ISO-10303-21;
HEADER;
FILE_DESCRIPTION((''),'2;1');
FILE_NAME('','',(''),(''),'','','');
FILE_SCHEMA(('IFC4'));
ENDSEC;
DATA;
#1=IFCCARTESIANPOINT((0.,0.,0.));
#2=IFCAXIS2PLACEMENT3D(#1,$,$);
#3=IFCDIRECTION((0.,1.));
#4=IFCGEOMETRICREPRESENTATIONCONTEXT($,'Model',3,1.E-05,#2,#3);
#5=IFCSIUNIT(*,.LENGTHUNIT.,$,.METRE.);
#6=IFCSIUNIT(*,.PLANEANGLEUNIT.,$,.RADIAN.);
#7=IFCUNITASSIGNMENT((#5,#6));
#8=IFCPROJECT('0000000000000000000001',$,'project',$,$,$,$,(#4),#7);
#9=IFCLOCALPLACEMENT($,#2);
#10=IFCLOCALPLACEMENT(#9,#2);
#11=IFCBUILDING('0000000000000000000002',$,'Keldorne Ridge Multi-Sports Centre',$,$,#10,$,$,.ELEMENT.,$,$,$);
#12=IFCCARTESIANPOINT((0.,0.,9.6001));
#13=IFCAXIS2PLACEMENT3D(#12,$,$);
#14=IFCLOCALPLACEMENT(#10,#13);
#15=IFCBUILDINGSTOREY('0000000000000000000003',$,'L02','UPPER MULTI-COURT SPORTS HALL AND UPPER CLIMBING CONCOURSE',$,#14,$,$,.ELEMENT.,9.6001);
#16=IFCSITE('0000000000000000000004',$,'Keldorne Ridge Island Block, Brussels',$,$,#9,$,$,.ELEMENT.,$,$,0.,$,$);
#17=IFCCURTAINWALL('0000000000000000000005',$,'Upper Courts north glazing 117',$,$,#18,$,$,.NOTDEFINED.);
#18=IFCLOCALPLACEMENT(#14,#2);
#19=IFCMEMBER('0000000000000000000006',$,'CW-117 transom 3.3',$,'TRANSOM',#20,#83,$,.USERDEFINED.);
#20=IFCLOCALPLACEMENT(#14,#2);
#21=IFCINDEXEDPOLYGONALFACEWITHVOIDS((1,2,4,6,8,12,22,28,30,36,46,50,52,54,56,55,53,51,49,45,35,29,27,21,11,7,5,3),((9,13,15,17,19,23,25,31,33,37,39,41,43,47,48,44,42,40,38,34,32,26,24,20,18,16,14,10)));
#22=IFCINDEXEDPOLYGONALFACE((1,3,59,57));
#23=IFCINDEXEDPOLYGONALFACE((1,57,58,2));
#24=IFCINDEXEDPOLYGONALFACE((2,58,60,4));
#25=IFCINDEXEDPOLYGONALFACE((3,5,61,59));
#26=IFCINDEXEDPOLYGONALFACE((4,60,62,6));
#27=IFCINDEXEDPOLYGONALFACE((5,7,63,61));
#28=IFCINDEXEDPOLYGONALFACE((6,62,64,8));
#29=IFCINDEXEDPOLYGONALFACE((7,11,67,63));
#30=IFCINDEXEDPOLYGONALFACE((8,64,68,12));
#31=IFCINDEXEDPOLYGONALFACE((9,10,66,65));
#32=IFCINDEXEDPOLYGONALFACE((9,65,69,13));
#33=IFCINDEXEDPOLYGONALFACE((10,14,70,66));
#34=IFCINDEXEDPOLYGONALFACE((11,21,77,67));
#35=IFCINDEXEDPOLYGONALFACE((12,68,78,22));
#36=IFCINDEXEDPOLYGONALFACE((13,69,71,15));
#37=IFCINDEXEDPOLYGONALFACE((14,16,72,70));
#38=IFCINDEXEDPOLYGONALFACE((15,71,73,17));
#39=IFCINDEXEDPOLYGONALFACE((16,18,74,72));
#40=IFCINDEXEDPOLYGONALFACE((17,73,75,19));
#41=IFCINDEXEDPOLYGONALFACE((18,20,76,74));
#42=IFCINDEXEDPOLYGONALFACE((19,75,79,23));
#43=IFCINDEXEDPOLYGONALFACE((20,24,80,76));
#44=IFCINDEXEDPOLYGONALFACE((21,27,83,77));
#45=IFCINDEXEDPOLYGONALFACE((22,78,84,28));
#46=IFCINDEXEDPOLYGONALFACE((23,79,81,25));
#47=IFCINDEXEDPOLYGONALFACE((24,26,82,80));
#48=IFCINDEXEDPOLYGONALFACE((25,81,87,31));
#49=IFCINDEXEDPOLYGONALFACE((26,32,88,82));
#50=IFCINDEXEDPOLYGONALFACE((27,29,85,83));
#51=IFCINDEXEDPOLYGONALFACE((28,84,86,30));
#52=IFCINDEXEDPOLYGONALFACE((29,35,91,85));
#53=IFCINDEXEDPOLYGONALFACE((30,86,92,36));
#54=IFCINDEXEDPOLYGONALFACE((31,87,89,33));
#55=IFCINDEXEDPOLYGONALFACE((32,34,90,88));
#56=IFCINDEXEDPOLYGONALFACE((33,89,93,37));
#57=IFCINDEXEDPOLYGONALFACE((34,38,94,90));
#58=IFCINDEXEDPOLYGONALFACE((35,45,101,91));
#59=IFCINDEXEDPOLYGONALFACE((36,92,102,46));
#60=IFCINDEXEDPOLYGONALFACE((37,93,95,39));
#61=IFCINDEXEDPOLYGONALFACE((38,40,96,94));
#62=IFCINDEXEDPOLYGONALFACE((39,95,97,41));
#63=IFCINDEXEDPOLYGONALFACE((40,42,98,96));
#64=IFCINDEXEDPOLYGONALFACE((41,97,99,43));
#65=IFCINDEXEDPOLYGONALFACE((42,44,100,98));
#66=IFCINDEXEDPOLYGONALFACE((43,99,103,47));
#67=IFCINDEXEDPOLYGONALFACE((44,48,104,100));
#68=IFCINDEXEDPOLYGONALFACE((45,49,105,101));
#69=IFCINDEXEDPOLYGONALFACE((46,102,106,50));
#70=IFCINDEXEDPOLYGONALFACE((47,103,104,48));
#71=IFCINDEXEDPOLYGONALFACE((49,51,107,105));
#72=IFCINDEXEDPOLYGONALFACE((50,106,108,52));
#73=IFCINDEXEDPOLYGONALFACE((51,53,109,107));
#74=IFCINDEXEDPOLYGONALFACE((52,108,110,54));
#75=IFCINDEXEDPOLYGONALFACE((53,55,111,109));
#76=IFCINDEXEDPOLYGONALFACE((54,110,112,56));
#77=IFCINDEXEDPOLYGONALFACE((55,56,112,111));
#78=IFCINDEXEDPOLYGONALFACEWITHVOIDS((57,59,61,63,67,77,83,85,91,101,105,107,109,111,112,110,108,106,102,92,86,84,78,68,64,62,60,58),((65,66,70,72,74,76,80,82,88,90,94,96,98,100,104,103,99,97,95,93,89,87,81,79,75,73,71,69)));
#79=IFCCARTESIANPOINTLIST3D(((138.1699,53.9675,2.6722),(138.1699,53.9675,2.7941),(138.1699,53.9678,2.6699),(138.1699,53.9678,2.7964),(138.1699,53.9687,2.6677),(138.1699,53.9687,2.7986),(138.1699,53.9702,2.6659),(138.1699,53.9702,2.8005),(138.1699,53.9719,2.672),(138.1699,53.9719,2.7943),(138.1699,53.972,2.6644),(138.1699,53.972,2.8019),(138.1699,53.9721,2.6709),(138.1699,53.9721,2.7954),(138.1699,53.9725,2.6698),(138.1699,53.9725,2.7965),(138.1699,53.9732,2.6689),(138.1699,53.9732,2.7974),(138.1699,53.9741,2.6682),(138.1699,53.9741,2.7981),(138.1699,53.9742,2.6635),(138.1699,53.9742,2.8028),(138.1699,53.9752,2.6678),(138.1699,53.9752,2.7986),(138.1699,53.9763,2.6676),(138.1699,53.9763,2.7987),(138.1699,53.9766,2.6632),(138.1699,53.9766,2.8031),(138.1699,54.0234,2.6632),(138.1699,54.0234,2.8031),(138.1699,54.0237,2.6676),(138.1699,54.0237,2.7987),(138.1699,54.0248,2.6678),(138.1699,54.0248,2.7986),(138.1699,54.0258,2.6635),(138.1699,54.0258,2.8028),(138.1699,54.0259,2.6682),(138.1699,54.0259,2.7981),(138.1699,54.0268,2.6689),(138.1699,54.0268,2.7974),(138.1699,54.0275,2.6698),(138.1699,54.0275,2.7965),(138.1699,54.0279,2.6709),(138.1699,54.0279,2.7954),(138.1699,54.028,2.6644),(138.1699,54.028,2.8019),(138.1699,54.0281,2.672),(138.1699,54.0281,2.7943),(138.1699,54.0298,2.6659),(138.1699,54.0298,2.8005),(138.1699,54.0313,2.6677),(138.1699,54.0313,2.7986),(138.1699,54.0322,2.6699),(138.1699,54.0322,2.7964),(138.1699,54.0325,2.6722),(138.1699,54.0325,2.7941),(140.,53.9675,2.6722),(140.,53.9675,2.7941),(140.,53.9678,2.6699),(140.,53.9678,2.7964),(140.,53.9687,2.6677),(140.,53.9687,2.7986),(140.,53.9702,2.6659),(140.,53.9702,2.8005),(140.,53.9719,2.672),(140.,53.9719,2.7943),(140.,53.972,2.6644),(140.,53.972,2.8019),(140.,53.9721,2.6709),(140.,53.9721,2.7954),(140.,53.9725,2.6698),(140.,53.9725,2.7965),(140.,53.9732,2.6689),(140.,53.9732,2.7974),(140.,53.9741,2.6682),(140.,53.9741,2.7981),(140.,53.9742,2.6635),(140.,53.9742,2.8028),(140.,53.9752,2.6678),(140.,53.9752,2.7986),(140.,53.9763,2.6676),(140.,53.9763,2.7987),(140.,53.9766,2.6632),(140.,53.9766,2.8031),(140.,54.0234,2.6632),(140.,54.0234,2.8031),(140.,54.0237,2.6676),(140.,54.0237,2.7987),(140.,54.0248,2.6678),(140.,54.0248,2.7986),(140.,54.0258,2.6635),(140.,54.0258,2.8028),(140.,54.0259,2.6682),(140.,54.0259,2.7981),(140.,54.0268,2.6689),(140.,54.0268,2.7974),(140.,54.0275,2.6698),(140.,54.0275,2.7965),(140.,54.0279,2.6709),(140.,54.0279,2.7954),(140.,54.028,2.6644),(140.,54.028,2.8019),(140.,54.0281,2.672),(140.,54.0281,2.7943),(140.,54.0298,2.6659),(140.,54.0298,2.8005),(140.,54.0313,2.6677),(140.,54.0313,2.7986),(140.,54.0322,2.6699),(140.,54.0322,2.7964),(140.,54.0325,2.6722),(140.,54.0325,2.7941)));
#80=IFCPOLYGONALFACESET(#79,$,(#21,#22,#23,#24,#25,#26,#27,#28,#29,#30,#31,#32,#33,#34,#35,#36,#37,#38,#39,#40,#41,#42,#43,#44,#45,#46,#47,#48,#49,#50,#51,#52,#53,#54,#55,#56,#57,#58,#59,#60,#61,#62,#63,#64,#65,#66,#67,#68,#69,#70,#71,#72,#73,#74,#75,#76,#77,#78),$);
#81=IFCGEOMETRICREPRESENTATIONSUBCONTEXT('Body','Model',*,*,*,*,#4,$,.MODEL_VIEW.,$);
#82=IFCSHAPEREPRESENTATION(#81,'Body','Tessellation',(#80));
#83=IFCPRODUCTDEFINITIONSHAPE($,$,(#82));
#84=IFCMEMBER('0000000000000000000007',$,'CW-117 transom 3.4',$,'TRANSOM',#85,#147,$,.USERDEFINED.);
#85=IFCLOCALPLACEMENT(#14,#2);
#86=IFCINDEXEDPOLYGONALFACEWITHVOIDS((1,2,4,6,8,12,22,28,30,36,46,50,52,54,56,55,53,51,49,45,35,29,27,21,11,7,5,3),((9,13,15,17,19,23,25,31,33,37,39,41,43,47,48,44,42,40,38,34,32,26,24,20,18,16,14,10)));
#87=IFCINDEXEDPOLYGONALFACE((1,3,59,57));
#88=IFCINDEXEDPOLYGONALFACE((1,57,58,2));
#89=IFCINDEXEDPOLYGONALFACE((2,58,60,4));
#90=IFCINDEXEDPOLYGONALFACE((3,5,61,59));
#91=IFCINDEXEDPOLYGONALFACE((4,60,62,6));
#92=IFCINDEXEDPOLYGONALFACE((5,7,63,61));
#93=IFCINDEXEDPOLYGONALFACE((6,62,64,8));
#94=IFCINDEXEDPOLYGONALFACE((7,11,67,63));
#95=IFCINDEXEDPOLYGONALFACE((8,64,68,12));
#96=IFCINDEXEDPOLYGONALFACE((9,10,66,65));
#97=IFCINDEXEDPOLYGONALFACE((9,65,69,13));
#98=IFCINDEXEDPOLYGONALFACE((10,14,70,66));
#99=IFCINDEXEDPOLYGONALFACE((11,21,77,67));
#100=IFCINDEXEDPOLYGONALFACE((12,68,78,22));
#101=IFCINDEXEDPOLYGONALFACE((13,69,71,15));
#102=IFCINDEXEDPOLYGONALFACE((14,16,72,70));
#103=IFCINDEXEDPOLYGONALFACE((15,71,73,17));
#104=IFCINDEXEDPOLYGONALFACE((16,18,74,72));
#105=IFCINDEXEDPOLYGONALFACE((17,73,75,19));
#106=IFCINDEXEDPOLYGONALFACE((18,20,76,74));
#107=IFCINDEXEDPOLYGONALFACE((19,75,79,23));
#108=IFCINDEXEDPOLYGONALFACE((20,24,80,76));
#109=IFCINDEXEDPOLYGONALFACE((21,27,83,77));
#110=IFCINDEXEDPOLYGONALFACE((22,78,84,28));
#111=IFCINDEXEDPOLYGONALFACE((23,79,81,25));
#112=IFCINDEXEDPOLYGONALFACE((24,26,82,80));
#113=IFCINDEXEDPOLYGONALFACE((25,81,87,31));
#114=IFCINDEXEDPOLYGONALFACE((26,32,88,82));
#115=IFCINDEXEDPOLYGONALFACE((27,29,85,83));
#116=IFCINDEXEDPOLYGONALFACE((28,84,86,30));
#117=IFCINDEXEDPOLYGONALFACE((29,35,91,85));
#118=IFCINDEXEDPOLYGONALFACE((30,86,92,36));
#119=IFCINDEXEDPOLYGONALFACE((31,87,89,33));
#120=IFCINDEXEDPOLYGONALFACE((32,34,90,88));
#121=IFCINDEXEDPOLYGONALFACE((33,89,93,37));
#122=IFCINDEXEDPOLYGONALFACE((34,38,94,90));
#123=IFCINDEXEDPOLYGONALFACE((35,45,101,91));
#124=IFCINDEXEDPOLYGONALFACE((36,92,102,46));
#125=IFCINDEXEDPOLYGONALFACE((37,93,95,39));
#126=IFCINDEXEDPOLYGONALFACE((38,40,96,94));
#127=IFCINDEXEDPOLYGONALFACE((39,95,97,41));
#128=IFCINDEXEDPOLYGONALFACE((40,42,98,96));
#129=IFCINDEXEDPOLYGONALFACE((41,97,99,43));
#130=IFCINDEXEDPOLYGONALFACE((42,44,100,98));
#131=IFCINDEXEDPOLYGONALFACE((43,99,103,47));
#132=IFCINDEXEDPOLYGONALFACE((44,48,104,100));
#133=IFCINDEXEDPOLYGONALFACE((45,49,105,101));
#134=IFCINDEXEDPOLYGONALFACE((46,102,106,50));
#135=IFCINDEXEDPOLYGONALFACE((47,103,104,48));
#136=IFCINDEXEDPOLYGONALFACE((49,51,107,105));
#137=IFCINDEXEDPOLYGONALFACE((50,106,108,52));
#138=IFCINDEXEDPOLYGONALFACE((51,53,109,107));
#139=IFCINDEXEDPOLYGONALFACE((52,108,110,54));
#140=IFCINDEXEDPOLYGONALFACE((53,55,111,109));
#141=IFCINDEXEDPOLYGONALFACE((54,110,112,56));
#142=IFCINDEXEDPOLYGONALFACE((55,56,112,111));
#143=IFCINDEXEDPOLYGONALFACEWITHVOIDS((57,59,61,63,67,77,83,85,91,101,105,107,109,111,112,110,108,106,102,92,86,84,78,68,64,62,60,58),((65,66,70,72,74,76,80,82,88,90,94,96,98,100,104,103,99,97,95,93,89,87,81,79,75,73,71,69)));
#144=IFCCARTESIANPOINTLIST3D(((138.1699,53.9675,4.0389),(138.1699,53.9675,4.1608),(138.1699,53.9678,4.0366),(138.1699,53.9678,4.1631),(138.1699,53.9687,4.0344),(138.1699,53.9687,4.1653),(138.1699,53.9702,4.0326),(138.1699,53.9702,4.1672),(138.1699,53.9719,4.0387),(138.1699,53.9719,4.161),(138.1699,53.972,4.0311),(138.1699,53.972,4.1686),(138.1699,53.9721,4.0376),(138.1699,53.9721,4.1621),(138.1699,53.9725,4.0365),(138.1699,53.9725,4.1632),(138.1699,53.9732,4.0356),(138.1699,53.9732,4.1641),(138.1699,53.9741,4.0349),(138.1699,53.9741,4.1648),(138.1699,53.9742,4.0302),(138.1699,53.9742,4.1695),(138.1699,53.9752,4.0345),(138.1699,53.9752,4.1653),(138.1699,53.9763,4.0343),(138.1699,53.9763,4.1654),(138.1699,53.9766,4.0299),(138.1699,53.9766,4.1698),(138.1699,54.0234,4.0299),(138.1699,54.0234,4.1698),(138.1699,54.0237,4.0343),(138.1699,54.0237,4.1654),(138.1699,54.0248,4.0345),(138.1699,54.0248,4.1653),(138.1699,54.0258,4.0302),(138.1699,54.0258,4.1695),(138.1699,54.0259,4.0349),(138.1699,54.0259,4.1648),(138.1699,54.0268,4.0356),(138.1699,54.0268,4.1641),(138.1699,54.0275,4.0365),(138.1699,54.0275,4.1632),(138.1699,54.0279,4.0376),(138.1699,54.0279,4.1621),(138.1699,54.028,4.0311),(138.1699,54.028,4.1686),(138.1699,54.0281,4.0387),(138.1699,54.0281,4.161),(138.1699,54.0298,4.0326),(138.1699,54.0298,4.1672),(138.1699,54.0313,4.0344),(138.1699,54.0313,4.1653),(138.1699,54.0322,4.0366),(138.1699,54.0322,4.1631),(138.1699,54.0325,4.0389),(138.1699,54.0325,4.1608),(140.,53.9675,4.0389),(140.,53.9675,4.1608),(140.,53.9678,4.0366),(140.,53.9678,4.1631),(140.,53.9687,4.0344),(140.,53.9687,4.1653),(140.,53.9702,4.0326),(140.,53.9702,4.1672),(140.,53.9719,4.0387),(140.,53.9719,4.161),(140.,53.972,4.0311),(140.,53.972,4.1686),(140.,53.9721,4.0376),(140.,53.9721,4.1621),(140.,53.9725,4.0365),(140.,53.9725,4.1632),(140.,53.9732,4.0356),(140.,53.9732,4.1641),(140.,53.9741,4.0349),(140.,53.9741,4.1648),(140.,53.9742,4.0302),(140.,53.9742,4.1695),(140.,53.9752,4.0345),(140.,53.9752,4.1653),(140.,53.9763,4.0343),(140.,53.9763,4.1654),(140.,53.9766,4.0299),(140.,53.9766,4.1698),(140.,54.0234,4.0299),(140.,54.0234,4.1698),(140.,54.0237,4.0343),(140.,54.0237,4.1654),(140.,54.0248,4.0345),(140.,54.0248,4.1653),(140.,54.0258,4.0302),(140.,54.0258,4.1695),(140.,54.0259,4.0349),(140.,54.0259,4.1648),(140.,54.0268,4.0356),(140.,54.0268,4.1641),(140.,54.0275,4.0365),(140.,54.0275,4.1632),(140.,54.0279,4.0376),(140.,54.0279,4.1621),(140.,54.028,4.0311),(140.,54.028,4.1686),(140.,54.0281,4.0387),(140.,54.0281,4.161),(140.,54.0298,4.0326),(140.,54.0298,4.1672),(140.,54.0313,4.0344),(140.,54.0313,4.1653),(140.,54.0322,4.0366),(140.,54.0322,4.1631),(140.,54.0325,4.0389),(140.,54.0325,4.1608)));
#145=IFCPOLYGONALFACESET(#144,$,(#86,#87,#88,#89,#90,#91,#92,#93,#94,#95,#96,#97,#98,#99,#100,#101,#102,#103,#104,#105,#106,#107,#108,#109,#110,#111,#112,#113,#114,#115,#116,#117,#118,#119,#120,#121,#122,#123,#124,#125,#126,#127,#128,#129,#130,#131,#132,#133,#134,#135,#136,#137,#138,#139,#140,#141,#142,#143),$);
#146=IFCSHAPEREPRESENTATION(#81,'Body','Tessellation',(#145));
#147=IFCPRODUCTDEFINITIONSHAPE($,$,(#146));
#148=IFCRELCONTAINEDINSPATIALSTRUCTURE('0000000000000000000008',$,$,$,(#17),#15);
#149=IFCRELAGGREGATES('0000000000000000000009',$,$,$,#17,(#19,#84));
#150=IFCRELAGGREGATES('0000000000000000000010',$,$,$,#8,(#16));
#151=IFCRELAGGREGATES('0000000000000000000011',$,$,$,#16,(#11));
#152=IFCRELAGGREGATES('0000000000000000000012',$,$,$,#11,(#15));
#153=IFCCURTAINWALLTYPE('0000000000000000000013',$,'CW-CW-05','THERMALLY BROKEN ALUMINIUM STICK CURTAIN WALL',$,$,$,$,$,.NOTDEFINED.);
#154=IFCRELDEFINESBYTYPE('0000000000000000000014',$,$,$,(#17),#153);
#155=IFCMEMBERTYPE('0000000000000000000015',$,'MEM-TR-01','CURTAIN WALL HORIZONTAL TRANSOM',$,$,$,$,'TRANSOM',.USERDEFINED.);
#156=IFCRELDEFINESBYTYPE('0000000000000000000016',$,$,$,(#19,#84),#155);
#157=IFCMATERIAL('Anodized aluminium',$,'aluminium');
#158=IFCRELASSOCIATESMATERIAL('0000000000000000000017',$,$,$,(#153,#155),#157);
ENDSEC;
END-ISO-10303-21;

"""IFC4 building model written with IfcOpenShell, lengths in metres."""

from ifc_helpers import new_model, si_unit, direction, frame, origin, origin_2d, place, context, subcontext, project, spatial, hollow_rectangle, extrude, material, material_profile, profile_set, type_object, element, aggregate, save


model = new_model("IFC4")

# Units and contexts
model_context = context("Model", 3, precision=1e-05, world=origin(), true_north=direction((0.0, 1.0)))
body_context = subcontext(model_context, "Body", "Model", "MODEL_VIEW")
ifc_project = project(units=[si_unit("LENGTHUNIT", "METRE"), si_unit("PLANEANGLEUNIT", "RADIAN")], contexts=[model_context])

# Site, building, storey
site_placement = place(None, origin())
site = spatial("IfcSite", under=ifc_project, at=site_placement, Name="Keldorne Ridge Island Block, Brussels", CompositionType="ELEMENT", RefElevation=0.0)
building_placement = place(site_placement, origin())
building = spatial("IfcBuilding", under=site, at=building_placement, Name="Keldorne Ridge Multi-Sports Centre", CompositionType="ELEMENT")
storey_placement = place(building_placement, frame((0.0, 0.0, 9.6001)))
storey = spatial("IfcBuildingStorey", under=building, at=storey_placement, Name="L02", Description="UPPER MULTI-COURT SPORTS HALL AND UPPER CLIMBING CONCOURSE", CompositionType="ELEMENT", Elevation=9.6001)

# Curtain wall
ifc_material_1 = material(Name="Anodized aluminium", Category="aluminium")
curtain_wall_type_1 = type_object("IfcCurtainWallType", Name="CW-CW-05", Description="THERMALLY BROKEN ALUMINIUM STICK CURTAIN WALL", PredefinedType="NOTDEFINED", material=ifc_material_1)
curtain_wall_1_placement = place(storey_placement, origin())
curtain_wall_1 = element("IfcCurtainWall", 1, at=curtain_wall_1_placement, inside=storey, type_object=curtain_wall_type_1, Name="Upper Courts north glazing 117", PredefinedType="NOTDEFINED")
ifc_material_profile_1 = material_profile(ifc_material_1, hollow_rectangle(XDim=0.0649, YDim=0.1399, WallThickness=0.0044, InnerFilletRadius=0.0044, OuterFilletRadius=0.009, at=origin_2d()), Name="ALU TRANSOM 140x65x4.5")
ifc_profile_set_1 = profile_set([ifc_material_profile_1], Name="Anodized aluminium")
member_type_1 = type_object("IfcMemberType", Name="MEM-TR-01", Description="CURTAIN WALL HORIZONTAL TRANSOM", ElementType="TRANSOM", PredefinedType="USERDEFINED", material=ifc_profile_set_1)

# Members
member_1_placement = place(storey_placement, frame((140.0, 54.0, 2.7332), z_axis=(-1.0, 0.0, 0.0), x_axis=(0.0, -1.0, 0.0)))
member_1 = element("IfcMember", 2, at=member_1_placement, type_object=member_type_1, Name="CW-117 transom 3.3", ObjectType="TRANSOM", PredefinedType="USERDEFINED", context=body_context, shape_type="SweptSolid", body=[
    extrude(hollow_rectangle(XDim=0.0649, YDim=0.1399, WallThickness=0.0044, InnerFilletRadius=0.0044, OuterFilletRadius=0.009, at=origin_2d()), origin(), (0.0, 0.0, 1.0), 1.8301),
])
member_2_placement = place(storey_placement, frame((140.0, 54.0, 4.0999), z_axis=(-1.0, 0.0, 0.0), x_axis=(0.0, -1.0, 0.0)))
member_2 = element("IfcMember", 3, at=member_2_placement, type_object=member_type_1, Name="CW-117 transom 3.4", ObjectType="TRANSOM", PredefinedType="USERDEFINED", context=body_context, shape_type="SweptSolid", body=[
    extrude(hollow_rectangle(XDim=0.0649, YDim=0.1399, WallThickness=0.0044, InnerFilletRadius=0.0044, OuterFilletRadius=0.009, at=origin_2d()), origin(), (0.0, 0.0, 1.0), 1.8301),
])

aggregate(curtain_wall_1, [member_1, member_2])

save(model, "model.ifc")
